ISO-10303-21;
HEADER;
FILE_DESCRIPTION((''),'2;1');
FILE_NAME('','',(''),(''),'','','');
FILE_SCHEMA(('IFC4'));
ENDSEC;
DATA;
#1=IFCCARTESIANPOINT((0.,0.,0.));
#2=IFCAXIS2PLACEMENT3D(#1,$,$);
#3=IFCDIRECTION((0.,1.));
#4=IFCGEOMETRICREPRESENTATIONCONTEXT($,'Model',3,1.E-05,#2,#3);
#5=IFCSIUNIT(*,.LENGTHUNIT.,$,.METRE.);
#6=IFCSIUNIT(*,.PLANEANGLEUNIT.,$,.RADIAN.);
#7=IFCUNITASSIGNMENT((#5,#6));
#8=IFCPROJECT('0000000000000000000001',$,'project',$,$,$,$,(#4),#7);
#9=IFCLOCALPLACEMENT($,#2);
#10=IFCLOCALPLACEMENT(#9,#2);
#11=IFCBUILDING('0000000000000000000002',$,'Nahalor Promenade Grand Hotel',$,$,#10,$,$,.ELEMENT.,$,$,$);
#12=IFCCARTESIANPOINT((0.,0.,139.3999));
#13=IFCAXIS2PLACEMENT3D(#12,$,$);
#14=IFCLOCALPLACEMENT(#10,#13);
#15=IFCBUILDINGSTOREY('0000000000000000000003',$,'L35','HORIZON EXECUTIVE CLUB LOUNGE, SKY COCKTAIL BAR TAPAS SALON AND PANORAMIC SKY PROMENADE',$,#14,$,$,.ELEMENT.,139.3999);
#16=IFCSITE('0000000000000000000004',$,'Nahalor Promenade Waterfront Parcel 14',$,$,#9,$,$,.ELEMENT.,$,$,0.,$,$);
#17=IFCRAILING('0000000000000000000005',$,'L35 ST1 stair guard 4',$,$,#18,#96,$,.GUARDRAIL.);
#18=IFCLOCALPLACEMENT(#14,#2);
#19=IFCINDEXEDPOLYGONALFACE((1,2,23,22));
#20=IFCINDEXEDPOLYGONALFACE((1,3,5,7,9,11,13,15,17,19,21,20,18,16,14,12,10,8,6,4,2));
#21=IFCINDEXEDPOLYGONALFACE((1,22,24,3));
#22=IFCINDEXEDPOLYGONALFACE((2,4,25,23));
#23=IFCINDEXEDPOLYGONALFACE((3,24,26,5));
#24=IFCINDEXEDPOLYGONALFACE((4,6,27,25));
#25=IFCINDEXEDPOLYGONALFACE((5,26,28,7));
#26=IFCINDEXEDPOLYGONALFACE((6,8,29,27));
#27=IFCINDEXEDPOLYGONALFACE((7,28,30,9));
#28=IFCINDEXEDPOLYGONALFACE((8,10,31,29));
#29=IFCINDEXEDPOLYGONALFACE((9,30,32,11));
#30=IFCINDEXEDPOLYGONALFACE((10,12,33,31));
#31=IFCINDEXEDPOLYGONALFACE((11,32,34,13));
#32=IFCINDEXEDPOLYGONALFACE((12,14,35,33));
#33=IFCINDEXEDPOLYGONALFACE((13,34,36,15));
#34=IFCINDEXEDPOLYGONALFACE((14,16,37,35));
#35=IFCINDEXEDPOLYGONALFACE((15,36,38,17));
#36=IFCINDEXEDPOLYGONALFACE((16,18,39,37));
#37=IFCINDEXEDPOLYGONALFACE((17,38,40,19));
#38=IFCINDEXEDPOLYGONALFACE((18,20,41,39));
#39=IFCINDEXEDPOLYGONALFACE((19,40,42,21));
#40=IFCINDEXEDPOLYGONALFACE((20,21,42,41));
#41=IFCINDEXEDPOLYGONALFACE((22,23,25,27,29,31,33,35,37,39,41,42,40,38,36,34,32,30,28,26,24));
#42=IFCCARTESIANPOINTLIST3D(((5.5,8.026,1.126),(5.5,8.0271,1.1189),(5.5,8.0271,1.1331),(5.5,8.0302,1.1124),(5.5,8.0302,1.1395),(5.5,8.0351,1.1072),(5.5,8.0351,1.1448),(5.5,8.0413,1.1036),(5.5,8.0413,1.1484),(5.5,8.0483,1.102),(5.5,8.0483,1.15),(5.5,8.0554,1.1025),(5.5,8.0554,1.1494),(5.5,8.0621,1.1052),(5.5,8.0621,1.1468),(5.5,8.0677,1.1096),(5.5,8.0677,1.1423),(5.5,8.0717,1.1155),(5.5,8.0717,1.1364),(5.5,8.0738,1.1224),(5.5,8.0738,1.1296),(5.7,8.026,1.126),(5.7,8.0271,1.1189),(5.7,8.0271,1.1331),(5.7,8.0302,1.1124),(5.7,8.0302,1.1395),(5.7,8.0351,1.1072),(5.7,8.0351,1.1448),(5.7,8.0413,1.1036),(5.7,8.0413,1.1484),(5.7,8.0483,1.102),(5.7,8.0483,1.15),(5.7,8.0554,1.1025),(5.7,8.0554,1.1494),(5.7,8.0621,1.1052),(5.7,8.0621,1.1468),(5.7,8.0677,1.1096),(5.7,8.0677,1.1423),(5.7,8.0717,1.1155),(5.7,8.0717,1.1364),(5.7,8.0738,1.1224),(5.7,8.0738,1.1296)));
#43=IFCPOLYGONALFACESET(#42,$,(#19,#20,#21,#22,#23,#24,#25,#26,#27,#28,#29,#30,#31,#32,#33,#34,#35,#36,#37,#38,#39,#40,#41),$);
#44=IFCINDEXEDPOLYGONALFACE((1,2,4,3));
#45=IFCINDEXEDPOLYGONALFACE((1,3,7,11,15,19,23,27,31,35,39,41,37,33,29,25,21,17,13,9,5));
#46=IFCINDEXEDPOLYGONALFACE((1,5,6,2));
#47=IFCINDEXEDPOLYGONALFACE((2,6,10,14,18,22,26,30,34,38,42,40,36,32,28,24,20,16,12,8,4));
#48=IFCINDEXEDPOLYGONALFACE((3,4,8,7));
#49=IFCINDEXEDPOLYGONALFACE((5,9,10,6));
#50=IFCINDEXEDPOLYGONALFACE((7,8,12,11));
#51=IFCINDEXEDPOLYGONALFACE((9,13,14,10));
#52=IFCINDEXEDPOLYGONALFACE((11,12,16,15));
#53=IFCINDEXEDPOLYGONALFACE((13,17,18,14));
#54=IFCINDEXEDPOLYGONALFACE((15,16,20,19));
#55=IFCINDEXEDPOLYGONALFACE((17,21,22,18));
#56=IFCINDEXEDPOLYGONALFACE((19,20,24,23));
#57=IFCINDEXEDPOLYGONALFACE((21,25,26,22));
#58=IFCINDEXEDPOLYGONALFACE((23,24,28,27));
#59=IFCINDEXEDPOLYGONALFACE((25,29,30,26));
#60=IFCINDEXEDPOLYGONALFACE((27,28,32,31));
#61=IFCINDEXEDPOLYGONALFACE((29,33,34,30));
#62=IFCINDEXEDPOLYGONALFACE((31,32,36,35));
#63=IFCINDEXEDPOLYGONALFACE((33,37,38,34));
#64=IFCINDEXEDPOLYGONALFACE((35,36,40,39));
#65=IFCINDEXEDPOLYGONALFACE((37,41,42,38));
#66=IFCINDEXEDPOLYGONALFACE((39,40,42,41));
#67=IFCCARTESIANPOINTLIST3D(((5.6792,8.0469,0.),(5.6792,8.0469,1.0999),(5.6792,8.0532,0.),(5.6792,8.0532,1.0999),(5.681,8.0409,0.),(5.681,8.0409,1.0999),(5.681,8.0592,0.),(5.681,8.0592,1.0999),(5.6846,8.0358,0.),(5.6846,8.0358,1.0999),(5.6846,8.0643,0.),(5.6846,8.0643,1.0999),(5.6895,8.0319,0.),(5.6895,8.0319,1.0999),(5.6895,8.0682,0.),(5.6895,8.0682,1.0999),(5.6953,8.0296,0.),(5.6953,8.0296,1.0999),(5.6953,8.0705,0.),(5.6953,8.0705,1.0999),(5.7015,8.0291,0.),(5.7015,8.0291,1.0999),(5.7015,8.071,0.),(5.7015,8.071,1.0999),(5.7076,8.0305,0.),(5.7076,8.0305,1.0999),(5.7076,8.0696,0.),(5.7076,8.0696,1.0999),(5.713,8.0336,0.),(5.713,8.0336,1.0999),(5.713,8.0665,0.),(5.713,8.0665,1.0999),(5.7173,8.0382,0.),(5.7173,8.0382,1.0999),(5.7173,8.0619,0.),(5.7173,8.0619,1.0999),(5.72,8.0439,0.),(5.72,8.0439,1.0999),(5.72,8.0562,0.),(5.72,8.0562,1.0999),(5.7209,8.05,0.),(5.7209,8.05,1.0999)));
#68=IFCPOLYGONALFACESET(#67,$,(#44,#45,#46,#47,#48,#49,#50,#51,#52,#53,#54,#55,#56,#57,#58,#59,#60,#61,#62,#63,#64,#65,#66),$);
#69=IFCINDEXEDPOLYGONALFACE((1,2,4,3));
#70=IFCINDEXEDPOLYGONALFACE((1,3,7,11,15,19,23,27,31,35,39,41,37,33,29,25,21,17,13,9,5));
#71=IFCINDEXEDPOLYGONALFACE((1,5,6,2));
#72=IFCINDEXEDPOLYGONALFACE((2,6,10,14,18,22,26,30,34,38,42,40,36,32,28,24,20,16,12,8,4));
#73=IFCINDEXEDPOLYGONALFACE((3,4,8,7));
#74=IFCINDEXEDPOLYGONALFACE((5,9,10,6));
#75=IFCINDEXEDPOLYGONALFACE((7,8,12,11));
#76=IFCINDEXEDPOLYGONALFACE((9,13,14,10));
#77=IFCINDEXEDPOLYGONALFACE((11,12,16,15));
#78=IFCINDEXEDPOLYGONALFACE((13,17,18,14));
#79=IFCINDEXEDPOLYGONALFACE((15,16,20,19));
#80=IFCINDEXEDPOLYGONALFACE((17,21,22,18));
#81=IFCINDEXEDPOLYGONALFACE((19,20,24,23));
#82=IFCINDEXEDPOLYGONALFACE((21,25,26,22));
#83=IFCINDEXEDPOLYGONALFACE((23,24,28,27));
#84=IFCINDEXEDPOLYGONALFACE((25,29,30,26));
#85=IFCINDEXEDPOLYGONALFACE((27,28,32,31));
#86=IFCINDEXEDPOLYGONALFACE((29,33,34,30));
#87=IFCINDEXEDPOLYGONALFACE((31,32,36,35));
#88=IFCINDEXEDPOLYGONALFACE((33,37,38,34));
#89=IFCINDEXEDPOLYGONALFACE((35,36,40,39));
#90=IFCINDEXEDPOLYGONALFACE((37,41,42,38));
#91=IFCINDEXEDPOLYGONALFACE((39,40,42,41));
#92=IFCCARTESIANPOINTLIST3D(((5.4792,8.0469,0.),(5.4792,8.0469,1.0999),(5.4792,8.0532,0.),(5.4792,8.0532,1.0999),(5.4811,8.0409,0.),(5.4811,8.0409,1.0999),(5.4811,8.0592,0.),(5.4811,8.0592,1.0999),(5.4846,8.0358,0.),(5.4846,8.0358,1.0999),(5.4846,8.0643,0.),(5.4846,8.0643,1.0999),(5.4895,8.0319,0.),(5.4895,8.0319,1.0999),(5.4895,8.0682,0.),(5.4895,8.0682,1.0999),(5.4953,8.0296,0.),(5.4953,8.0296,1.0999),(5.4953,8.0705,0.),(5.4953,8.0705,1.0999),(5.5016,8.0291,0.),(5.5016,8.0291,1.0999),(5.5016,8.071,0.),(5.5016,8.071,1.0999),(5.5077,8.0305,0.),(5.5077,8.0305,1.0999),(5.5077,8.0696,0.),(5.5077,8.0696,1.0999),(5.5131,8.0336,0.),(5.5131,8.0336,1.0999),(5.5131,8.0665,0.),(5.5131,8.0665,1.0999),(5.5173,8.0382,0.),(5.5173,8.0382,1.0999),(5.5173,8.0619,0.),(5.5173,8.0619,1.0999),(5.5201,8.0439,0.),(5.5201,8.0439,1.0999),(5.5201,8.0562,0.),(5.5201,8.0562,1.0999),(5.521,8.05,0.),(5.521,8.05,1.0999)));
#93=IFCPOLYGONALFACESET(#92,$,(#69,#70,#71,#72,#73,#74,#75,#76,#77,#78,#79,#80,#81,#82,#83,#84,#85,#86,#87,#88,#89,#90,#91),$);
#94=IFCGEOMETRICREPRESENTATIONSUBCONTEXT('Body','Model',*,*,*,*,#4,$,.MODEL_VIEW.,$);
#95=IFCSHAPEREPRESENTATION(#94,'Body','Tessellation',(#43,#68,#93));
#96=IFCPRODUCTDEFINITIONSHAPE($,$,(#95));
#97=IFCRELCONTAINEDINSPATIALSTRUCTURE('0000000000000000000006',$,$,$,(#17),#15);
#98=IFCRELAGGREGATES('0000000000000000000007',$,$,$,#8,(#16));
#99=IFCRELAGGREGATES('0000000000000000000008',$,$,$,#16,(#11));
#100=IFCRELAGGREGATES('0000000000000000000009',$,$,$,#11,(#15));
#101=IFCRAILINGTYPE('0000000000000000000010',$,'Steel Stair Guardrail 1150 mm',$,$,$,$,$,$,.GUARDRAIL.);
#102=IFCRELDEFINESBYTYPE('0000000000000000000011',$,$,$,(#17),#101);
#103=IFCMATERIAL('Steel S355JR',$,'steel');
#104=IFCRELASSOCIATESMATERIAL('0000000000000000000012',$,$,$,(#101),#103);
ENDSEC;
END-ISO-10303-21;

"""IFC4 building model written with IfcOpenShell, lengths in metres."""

from ifc_helpers import new_model, si_unit, direction, frame, origin, origin_2d, place, context, subcontext, project, spatial, circle, extrude, material, type_object, element, save


model = new_model("IFC4")

# Units and contexts
model_context = context("Model", 3, precision=1e-05, world=origin(), true_north=direction((0.0, 1.0)))
body_context = subcontext(model_context, "Body", "Model", "MODEL_VIEW")
ifc_project = project(units=[si_unit("LENGTHUNIT", "METRE"), si_unit("PLANEANGLEUNIT", "RADIAN")], contexts=[model_context])

# Site, building, storey
site_placement = place(None, origin())
site = spatial("IfcSite", under=ifc_project, at=site_placement, Name="Nahalor Promenade Waterfront Parcel 14", CompositionType="ELEMENT", RefElevation=0.0)
building_placement = place(site_placement, origin())
building = spatial("IfcBuilding", under=site, at=building_placement, Name="Nahalor Promenade Grand Hotel", CompositionType="ELEMENT")
storey_placement = place(building_placement, frame((0.0, 0.0, 139.3999)))
storey = spatial("IfcBuildingStorey", under=building, at=storey_placement, Name="L35", Description="HORIZON EXECUTIVE CLUB LOUNGE, SKY COCKTAIL BAR TAPAS SALON AND PANORAMIC SKY PROMENADE", CompositionType="ELEMENT", Elevation=139.3999)

# Shared definitions
ifc_material_1 = material(Name="Steel S355JR", Category="steel")

# Railing
railing_type_1 = type_object("IfcRailingType", Name="Steel Stair Guardrail 1150 mm", PredefinedType="GUARDRAIL", material=ifc_material_1)
railing_1_placement = place(storey_placement, frame((5.7, 8.05, 0.0)))
element("IfcRailing", 1, at=railing_1_placement, inside=storey, type_object=railing_type_1, Name="L35 ST1 stair guard 4", PredefinedType="GUARDRAIL", context=body_context, shape_type="SweptSolid", body=[
    extrude(circle(Radius=0.024, at=origin_2d()), frame((0.0, 0.0, 1.126), z_axis=(-1.0, 0.0, 0.0), x_axis=(0.0, -1.0, 0.0)), (0.0, 0.0, 1.0), 0.2),
    extrude(circle(Radius=0.021, at=origin_2d()), origin(), (0.0, 0.0, 1.0), 1.0999),
    extrude(circle(Radius=0.021, at=origin_2d()), frame((-0.2, 0.0, 0.0)), (0.0, 0.0, 1.0), 1.0999),
])

save(model, "model.ifc")
